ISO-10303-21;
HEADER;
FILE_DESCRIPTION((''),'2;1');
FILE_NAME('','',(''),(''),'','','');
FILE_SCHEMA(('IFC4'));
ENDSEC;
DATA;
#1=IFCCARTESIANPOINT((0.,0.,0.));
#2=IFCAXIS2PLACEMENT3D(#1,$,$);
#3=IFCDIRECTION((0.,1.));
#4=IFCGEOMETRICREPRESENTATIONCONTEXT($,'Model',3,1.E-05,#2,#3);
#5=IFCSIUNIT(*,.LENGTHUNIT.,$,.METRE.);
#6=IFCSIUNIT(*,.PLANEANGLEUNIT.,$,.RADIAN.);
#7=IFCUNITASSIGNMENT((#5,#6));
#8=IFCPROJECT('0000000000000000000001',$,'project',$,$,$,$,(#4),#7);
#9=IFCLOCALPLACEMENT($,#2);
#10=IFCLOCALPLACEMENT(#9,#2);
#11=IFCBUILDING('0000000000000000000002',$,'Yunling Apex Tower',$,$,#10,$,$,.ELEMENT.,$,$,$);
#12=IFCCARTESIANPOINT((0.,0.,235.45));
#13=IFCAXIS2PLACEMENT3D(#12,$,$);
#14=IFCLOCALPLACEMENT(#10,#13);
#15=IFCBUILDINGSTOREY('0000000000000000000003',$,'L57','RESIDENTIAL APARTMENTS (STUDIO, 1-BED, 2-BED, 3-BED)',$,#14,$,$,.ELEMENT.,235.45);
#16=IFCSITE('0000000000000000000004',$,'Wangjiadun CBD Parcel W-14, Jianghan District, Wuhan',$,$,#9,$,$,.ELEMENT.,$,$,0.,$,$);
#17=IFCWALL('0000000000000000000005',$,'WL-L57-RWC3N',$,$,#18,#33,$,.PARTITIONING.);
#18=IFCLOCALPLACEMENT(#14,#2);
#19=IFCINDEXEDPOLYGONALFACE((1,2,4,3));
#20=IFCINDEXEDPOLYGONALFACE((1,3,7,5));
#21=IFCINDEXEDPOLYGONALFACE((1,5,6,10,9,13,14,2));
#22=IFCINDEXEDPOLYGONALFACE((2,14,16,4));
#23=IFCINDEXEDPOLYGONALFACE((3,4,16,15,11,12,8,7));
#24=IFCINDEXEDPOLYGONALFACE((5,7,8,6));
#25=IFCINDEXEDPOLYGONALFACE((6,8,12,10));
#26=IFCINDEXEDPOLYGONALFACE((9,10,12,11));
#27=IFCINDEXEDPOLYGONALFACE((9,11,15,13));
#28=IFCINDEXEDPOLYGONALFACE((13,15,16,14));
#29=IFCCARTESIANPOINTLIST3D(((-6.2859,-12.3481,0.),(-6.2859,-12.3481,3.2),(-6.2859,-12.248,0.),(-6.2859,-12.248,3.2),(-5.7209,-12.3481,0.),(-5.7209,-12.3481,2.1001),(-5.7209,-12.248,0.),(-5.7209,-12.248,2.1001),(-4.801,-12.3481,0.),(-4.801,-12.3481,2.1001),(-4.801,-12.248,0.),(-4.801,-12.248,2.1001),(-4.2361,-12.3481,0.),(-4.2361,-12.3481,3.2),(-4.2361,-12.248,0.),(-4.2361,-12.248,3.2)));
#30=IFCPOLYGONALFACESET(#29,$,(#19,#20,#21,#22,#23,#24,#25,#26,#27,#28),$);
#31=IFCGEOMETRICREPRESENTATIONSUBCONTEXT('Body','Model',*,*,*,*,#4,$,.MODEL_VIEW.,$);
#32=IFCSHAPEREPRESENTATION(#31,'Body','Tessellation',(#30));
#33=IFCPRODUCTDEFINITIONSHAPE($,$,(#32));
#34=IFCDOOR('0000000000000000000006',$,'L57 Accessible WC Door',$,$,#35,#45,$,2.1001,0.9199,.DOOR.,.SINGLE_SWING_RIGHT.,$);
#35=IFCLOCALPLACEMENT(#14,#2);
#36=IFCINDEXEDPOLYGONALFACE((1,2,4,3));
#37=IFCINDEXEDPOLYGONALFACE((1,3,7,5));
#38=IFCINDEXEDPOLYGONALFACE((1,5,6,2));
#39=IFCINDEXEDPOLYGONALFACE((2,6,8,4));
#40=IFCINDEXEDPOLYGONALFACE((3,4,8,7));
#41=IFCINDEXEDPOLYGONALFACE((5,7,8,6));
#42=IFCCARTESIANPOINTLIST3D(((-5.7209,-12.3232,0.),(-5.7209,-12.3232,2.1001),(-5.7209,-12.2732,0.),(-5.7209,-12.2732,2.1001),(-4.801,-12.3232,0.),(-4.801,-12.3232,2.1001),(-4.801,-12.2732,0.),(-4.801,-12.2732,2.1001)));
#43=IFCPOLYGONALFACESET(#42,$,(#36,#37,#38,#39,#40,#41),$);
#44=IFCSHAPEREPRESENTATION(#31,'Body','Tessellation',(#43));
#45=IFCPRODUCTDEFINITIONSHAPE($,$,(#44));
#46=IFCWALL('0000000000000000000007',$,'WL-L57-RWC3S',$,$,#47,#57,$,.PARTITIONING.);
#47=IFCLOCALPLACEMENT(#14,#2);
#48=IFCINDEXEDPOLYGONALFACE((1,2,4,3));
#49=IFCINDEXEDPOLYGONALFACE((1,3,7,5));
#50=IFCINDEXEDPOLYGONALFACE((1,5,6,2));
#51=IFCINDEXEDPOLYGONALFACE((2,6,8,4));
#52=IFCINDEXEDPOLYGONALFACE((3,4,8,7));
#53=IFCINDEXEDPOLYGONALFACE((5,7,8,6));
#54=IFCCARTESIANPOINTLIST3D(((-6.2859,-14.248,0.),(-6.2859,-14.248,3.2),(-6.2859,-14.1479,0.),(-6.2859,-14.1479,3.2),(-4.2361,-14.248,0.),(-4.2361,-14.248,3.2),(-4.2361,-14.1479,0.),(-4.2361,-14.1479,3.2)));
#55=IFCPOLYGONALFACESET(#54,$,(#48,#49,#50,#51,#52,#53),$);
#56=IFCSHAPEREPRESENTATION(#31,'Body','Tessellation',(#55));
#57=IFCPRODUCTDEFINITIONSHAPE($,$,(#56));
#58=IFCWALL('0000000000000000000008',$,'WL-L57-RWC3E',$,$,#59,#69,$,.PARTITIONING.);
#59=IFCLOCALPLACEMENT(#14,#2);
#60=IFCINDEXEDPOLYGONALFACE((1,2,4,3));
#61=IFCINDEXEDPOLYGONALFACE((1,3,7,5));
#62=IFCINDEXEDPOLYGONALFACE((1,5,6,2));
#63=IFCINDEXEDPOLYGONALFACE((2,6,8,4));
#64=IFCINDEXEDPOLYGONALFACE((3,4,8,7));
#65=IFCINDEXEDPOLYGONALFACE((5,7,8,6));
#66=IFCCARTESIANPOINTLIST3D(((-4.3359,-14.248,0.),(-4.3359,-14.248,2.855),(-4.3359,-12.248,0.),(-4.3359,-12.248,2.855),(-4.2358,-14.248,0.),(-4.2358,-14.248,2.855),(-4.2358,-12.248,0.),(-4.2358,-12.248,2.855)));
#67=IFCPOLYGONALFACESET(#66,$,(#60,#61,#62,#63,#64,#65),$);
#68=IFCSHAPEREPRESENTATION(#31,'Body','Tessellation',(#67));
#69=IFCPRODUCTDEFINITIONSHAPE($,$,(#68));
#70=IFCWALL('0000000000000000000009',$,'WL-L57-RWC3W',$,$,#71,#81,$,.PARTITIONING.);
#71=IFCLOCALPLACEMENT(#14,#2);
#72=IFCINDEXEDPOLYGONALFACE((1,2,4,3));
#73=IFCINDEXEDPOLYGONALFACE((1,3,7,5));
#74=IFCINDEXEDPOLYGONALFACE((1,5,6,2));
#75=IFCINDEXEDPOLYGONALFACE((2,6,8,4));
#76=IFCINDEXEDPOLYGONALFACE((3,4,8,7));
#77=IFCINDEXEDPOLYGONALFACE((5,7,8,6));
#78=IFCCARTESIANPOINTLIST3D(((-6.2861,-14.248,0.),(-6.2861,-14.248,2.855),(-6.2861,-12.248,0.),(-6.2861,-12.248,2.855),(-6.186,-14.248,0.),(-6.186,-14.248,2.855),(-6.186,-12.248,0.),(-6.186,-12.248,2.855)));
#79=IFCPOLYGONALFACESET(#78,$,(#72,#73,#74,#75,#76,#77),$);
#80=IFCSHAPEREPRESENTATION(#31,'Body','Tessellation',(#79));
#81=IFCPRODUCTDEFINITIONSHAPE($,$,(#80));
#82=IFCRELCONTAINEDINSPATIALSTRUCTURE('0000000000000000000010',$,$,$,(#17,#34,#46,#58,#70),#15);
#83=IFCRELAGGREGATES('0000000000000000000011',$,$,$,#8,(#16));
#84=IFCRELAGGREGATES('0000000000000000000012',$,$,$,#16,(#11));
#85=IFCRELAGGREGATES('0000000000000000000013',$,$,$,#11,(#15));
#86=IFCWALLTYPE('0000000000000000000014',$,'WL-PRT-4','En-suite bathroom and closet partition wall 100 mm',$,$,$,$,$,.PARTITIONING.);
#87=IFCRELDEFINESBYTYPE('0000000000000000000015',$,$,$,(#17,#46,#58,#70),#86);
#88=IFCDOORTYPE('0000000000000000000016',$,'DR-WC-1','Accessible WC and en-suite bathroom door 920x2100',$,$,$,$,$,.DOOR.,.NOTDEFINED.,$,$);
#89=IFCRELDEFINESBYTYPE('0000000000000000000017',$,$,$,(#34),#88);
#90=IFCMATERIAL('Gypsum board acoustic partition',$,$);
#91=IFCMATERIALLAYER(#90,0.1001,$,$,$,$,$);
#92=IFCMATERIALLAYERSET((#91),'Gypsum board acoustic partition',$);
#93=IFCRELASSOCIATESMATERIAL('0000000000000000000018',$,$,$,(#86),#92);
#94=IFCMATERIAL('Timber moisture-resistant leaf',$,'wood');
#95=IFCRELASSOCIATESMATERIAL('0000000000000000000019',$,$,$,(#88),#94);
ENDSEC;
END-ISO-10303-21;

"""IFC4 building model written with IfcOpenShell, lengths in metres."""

from ifc_helpers import new_model, si_unit, direction, frame, frame_2d, origin, place, context, subcontext, project, spatial, rectangle, extrude, material, layer, layer_set, type_object, element, fill, save


model = new_model("IFC4")

# Units and contexts
model_context = context("Model", 3, precision=1e-05, world=origin(), true_north=direction((0.0, 1.0)))
body_context = subcontext(model_context, "Body", "Model", "MODEL_VIEW")
ifc_project = project(units=[si_unit("LENGTHUNIT", "METRE"), si_unit("PLANEANGLEUNIT", "RADIAN")], contexts=[model_context])

# Site, building, storey
site_placement = place(None, origin())
site = spatial("IfcSite", under=ifc_project, at=site_placement, Name="Wangjiadun CBD Parcel W-14, Jianghan District, Wuhan", CompositionType="ELEMENT", RefElevation=0.0)
building_placement = place(site_placement, origin())
building = spatial("IfcBuilding", under=site, at=building_placement, Name="Yunling Apex Tower", CompositionType="ELEMENT")
storey_placement = place(building_placement, frame((0.0, 0.0, 235.45)))
storey = spatial("IfcBuildingStorey", under=building, at=storey_placement, Name="L57", Description="RESIDENTIAL APARTMENTS (STUDIO, 1-BED, 2-BED, 3-BED)", CompositionType="ELEMENT", Elevation=235.45)

# Shared definitions
ifc_material_1 = material(Name="Gypsum board acoustic partition")

# Wall, opening, door
ifc_layer_1 = layer(ifc_material_1, 0.1001)
ifc_layer_set_1 = layer_set([ifc_layer_1], Name="Gypsum board acoustic partition")
wall_type_1 = type_object("IfcWallType", Name="WL-PRT-4", Description="En-suite bathroom and closet partition wall 100 mm", PredefinedType="PARTITIONING", material=ifc_layer_set_1)
wall_1_placement = place(storey_placement, frame((-6.2859, -12.2981, 0.0), z_axis=(0.0, 0.0, 1.0), x_axis=(1.0, 0.0, 0.0)))
wall_1 = element("IfcWall", 1, at=wall_1_placement, inside=storey, type_object=wall_type_1, Name="WL-L57-RWC3N", PredefinedType="PARTITIONING", context=body_context, shape_type="SweptSolid", body=[
    extrude(rectangle(XDim=2.0498, YDim=0.1001, at=frame_2d((1.0249, 0.0))), origin(), (0.0, 0.0, 1.0), 3.2),
])
opening_1_placement = place(wall_1_placement, frame((0.5649, 0.0, 0.0)))
opening_1 = element("IfcOpeningElement", 2, at=opening_1_placement, cuts=wall_1, PredefinedType="OPENING", context=body_context, shape_type="SweptSolid", body=[
    extrude(rectangle(XDim=0.9199, YDim=2.1001, at=frame_2d((0.46, 1.05))), frame((0.0, 0.0601, 0.0), z_axis=(0.0, -1.0, 0.0), x_axis=(1.0, 0.0, 0.0)), (0.0, 0.0, 1.0), 0.1201),
])
ifc_material_2 = material(Name="Timber moisture-resistant leaf", Category="wood")
door_type_1 = type_object("IfcDoorType", Name="DR-WC-1", Description="Accessible WC and en-suite bathroom door 920x2100", OperationType="NOTDEFINED", PredefinedType="DOOR", material=ifc_material_2)
door_1_placement = place(opening_1_placement, origin())
door_1 = element("IfcDoor", 3, at=door_1_placement, inside=storey, type_object=door_type_1, Name="L57 Accessible WC Door", OperationType="SINGLE_SWING_RIGHT", OverallHeight=2.1001, OverallWidth=0.9199, PredefinedType="DOOR", context=body_context, shape_type="SweptSolid", body=[
    extrude(rectangle(XDim=0.9199, YDim=2.1001, at=frame_2d((0.46, 1.05))), frame((0.0, 0.0249, 0.0), z_axis=(0.0, -1.0, 0.0), x_axis=(1.0, 0.0, 0.0)), (0.0, 0.0, 1.0), 0.05),
])
fill(opening_1, door_1)

# Walls
wall_2_placement = place(storey_placement, frame((-4.2361, -14.198, 0.0), z_axis=(0.0, 0.0, 1.0), x_axis=(-1.0, 0.0, 0.0)))
element("IfcWall", 4, at=wall_2_placement, inside=storey, type_object=wall_type_1, Name="WL-L57-RWC3S", PredefinedType="PARTITIONING", context=body_context, shape_type="SweptSolid", body=[
    extrude(rectangle(XDim=2.0498, YDim=0.1001, at=frame_2d((1.0249, 0.0))), origin(), (0.0, 0.0, 1.0), 3.2),
])
for number, where, z_axis, x_axis, name in (
    (5, (-4.2859, -12.248, 0.0), (0.0, 0.0, 1.0), (0.0, -1.0, 0.0), "WL-L57-RWC3E"),
    (6, (-6.2361, -14.248, 0.0), (0.0, 0.0, 1.0), (0.0, 1.0, 0.0), "WL-L57-RWC3W"),
):
    element("IfcWall", number, at=place(storey_placement, frame(where, z_axis=z_axis, x_axis=x_axis)), inside=storey, type_object=wall_type_1, Name=name, PredefinedType="PARTITIONING", context=body_context, shape_type="SweptSolid", body=[
        extrude(rectangle(XDim=2.0, YDim=0.1001, at=frame_2d((1.0, 0.0))), origin(), (0.0, 0.0, 1.0), 2.855),
    ])

save(model, "model.ifc")
